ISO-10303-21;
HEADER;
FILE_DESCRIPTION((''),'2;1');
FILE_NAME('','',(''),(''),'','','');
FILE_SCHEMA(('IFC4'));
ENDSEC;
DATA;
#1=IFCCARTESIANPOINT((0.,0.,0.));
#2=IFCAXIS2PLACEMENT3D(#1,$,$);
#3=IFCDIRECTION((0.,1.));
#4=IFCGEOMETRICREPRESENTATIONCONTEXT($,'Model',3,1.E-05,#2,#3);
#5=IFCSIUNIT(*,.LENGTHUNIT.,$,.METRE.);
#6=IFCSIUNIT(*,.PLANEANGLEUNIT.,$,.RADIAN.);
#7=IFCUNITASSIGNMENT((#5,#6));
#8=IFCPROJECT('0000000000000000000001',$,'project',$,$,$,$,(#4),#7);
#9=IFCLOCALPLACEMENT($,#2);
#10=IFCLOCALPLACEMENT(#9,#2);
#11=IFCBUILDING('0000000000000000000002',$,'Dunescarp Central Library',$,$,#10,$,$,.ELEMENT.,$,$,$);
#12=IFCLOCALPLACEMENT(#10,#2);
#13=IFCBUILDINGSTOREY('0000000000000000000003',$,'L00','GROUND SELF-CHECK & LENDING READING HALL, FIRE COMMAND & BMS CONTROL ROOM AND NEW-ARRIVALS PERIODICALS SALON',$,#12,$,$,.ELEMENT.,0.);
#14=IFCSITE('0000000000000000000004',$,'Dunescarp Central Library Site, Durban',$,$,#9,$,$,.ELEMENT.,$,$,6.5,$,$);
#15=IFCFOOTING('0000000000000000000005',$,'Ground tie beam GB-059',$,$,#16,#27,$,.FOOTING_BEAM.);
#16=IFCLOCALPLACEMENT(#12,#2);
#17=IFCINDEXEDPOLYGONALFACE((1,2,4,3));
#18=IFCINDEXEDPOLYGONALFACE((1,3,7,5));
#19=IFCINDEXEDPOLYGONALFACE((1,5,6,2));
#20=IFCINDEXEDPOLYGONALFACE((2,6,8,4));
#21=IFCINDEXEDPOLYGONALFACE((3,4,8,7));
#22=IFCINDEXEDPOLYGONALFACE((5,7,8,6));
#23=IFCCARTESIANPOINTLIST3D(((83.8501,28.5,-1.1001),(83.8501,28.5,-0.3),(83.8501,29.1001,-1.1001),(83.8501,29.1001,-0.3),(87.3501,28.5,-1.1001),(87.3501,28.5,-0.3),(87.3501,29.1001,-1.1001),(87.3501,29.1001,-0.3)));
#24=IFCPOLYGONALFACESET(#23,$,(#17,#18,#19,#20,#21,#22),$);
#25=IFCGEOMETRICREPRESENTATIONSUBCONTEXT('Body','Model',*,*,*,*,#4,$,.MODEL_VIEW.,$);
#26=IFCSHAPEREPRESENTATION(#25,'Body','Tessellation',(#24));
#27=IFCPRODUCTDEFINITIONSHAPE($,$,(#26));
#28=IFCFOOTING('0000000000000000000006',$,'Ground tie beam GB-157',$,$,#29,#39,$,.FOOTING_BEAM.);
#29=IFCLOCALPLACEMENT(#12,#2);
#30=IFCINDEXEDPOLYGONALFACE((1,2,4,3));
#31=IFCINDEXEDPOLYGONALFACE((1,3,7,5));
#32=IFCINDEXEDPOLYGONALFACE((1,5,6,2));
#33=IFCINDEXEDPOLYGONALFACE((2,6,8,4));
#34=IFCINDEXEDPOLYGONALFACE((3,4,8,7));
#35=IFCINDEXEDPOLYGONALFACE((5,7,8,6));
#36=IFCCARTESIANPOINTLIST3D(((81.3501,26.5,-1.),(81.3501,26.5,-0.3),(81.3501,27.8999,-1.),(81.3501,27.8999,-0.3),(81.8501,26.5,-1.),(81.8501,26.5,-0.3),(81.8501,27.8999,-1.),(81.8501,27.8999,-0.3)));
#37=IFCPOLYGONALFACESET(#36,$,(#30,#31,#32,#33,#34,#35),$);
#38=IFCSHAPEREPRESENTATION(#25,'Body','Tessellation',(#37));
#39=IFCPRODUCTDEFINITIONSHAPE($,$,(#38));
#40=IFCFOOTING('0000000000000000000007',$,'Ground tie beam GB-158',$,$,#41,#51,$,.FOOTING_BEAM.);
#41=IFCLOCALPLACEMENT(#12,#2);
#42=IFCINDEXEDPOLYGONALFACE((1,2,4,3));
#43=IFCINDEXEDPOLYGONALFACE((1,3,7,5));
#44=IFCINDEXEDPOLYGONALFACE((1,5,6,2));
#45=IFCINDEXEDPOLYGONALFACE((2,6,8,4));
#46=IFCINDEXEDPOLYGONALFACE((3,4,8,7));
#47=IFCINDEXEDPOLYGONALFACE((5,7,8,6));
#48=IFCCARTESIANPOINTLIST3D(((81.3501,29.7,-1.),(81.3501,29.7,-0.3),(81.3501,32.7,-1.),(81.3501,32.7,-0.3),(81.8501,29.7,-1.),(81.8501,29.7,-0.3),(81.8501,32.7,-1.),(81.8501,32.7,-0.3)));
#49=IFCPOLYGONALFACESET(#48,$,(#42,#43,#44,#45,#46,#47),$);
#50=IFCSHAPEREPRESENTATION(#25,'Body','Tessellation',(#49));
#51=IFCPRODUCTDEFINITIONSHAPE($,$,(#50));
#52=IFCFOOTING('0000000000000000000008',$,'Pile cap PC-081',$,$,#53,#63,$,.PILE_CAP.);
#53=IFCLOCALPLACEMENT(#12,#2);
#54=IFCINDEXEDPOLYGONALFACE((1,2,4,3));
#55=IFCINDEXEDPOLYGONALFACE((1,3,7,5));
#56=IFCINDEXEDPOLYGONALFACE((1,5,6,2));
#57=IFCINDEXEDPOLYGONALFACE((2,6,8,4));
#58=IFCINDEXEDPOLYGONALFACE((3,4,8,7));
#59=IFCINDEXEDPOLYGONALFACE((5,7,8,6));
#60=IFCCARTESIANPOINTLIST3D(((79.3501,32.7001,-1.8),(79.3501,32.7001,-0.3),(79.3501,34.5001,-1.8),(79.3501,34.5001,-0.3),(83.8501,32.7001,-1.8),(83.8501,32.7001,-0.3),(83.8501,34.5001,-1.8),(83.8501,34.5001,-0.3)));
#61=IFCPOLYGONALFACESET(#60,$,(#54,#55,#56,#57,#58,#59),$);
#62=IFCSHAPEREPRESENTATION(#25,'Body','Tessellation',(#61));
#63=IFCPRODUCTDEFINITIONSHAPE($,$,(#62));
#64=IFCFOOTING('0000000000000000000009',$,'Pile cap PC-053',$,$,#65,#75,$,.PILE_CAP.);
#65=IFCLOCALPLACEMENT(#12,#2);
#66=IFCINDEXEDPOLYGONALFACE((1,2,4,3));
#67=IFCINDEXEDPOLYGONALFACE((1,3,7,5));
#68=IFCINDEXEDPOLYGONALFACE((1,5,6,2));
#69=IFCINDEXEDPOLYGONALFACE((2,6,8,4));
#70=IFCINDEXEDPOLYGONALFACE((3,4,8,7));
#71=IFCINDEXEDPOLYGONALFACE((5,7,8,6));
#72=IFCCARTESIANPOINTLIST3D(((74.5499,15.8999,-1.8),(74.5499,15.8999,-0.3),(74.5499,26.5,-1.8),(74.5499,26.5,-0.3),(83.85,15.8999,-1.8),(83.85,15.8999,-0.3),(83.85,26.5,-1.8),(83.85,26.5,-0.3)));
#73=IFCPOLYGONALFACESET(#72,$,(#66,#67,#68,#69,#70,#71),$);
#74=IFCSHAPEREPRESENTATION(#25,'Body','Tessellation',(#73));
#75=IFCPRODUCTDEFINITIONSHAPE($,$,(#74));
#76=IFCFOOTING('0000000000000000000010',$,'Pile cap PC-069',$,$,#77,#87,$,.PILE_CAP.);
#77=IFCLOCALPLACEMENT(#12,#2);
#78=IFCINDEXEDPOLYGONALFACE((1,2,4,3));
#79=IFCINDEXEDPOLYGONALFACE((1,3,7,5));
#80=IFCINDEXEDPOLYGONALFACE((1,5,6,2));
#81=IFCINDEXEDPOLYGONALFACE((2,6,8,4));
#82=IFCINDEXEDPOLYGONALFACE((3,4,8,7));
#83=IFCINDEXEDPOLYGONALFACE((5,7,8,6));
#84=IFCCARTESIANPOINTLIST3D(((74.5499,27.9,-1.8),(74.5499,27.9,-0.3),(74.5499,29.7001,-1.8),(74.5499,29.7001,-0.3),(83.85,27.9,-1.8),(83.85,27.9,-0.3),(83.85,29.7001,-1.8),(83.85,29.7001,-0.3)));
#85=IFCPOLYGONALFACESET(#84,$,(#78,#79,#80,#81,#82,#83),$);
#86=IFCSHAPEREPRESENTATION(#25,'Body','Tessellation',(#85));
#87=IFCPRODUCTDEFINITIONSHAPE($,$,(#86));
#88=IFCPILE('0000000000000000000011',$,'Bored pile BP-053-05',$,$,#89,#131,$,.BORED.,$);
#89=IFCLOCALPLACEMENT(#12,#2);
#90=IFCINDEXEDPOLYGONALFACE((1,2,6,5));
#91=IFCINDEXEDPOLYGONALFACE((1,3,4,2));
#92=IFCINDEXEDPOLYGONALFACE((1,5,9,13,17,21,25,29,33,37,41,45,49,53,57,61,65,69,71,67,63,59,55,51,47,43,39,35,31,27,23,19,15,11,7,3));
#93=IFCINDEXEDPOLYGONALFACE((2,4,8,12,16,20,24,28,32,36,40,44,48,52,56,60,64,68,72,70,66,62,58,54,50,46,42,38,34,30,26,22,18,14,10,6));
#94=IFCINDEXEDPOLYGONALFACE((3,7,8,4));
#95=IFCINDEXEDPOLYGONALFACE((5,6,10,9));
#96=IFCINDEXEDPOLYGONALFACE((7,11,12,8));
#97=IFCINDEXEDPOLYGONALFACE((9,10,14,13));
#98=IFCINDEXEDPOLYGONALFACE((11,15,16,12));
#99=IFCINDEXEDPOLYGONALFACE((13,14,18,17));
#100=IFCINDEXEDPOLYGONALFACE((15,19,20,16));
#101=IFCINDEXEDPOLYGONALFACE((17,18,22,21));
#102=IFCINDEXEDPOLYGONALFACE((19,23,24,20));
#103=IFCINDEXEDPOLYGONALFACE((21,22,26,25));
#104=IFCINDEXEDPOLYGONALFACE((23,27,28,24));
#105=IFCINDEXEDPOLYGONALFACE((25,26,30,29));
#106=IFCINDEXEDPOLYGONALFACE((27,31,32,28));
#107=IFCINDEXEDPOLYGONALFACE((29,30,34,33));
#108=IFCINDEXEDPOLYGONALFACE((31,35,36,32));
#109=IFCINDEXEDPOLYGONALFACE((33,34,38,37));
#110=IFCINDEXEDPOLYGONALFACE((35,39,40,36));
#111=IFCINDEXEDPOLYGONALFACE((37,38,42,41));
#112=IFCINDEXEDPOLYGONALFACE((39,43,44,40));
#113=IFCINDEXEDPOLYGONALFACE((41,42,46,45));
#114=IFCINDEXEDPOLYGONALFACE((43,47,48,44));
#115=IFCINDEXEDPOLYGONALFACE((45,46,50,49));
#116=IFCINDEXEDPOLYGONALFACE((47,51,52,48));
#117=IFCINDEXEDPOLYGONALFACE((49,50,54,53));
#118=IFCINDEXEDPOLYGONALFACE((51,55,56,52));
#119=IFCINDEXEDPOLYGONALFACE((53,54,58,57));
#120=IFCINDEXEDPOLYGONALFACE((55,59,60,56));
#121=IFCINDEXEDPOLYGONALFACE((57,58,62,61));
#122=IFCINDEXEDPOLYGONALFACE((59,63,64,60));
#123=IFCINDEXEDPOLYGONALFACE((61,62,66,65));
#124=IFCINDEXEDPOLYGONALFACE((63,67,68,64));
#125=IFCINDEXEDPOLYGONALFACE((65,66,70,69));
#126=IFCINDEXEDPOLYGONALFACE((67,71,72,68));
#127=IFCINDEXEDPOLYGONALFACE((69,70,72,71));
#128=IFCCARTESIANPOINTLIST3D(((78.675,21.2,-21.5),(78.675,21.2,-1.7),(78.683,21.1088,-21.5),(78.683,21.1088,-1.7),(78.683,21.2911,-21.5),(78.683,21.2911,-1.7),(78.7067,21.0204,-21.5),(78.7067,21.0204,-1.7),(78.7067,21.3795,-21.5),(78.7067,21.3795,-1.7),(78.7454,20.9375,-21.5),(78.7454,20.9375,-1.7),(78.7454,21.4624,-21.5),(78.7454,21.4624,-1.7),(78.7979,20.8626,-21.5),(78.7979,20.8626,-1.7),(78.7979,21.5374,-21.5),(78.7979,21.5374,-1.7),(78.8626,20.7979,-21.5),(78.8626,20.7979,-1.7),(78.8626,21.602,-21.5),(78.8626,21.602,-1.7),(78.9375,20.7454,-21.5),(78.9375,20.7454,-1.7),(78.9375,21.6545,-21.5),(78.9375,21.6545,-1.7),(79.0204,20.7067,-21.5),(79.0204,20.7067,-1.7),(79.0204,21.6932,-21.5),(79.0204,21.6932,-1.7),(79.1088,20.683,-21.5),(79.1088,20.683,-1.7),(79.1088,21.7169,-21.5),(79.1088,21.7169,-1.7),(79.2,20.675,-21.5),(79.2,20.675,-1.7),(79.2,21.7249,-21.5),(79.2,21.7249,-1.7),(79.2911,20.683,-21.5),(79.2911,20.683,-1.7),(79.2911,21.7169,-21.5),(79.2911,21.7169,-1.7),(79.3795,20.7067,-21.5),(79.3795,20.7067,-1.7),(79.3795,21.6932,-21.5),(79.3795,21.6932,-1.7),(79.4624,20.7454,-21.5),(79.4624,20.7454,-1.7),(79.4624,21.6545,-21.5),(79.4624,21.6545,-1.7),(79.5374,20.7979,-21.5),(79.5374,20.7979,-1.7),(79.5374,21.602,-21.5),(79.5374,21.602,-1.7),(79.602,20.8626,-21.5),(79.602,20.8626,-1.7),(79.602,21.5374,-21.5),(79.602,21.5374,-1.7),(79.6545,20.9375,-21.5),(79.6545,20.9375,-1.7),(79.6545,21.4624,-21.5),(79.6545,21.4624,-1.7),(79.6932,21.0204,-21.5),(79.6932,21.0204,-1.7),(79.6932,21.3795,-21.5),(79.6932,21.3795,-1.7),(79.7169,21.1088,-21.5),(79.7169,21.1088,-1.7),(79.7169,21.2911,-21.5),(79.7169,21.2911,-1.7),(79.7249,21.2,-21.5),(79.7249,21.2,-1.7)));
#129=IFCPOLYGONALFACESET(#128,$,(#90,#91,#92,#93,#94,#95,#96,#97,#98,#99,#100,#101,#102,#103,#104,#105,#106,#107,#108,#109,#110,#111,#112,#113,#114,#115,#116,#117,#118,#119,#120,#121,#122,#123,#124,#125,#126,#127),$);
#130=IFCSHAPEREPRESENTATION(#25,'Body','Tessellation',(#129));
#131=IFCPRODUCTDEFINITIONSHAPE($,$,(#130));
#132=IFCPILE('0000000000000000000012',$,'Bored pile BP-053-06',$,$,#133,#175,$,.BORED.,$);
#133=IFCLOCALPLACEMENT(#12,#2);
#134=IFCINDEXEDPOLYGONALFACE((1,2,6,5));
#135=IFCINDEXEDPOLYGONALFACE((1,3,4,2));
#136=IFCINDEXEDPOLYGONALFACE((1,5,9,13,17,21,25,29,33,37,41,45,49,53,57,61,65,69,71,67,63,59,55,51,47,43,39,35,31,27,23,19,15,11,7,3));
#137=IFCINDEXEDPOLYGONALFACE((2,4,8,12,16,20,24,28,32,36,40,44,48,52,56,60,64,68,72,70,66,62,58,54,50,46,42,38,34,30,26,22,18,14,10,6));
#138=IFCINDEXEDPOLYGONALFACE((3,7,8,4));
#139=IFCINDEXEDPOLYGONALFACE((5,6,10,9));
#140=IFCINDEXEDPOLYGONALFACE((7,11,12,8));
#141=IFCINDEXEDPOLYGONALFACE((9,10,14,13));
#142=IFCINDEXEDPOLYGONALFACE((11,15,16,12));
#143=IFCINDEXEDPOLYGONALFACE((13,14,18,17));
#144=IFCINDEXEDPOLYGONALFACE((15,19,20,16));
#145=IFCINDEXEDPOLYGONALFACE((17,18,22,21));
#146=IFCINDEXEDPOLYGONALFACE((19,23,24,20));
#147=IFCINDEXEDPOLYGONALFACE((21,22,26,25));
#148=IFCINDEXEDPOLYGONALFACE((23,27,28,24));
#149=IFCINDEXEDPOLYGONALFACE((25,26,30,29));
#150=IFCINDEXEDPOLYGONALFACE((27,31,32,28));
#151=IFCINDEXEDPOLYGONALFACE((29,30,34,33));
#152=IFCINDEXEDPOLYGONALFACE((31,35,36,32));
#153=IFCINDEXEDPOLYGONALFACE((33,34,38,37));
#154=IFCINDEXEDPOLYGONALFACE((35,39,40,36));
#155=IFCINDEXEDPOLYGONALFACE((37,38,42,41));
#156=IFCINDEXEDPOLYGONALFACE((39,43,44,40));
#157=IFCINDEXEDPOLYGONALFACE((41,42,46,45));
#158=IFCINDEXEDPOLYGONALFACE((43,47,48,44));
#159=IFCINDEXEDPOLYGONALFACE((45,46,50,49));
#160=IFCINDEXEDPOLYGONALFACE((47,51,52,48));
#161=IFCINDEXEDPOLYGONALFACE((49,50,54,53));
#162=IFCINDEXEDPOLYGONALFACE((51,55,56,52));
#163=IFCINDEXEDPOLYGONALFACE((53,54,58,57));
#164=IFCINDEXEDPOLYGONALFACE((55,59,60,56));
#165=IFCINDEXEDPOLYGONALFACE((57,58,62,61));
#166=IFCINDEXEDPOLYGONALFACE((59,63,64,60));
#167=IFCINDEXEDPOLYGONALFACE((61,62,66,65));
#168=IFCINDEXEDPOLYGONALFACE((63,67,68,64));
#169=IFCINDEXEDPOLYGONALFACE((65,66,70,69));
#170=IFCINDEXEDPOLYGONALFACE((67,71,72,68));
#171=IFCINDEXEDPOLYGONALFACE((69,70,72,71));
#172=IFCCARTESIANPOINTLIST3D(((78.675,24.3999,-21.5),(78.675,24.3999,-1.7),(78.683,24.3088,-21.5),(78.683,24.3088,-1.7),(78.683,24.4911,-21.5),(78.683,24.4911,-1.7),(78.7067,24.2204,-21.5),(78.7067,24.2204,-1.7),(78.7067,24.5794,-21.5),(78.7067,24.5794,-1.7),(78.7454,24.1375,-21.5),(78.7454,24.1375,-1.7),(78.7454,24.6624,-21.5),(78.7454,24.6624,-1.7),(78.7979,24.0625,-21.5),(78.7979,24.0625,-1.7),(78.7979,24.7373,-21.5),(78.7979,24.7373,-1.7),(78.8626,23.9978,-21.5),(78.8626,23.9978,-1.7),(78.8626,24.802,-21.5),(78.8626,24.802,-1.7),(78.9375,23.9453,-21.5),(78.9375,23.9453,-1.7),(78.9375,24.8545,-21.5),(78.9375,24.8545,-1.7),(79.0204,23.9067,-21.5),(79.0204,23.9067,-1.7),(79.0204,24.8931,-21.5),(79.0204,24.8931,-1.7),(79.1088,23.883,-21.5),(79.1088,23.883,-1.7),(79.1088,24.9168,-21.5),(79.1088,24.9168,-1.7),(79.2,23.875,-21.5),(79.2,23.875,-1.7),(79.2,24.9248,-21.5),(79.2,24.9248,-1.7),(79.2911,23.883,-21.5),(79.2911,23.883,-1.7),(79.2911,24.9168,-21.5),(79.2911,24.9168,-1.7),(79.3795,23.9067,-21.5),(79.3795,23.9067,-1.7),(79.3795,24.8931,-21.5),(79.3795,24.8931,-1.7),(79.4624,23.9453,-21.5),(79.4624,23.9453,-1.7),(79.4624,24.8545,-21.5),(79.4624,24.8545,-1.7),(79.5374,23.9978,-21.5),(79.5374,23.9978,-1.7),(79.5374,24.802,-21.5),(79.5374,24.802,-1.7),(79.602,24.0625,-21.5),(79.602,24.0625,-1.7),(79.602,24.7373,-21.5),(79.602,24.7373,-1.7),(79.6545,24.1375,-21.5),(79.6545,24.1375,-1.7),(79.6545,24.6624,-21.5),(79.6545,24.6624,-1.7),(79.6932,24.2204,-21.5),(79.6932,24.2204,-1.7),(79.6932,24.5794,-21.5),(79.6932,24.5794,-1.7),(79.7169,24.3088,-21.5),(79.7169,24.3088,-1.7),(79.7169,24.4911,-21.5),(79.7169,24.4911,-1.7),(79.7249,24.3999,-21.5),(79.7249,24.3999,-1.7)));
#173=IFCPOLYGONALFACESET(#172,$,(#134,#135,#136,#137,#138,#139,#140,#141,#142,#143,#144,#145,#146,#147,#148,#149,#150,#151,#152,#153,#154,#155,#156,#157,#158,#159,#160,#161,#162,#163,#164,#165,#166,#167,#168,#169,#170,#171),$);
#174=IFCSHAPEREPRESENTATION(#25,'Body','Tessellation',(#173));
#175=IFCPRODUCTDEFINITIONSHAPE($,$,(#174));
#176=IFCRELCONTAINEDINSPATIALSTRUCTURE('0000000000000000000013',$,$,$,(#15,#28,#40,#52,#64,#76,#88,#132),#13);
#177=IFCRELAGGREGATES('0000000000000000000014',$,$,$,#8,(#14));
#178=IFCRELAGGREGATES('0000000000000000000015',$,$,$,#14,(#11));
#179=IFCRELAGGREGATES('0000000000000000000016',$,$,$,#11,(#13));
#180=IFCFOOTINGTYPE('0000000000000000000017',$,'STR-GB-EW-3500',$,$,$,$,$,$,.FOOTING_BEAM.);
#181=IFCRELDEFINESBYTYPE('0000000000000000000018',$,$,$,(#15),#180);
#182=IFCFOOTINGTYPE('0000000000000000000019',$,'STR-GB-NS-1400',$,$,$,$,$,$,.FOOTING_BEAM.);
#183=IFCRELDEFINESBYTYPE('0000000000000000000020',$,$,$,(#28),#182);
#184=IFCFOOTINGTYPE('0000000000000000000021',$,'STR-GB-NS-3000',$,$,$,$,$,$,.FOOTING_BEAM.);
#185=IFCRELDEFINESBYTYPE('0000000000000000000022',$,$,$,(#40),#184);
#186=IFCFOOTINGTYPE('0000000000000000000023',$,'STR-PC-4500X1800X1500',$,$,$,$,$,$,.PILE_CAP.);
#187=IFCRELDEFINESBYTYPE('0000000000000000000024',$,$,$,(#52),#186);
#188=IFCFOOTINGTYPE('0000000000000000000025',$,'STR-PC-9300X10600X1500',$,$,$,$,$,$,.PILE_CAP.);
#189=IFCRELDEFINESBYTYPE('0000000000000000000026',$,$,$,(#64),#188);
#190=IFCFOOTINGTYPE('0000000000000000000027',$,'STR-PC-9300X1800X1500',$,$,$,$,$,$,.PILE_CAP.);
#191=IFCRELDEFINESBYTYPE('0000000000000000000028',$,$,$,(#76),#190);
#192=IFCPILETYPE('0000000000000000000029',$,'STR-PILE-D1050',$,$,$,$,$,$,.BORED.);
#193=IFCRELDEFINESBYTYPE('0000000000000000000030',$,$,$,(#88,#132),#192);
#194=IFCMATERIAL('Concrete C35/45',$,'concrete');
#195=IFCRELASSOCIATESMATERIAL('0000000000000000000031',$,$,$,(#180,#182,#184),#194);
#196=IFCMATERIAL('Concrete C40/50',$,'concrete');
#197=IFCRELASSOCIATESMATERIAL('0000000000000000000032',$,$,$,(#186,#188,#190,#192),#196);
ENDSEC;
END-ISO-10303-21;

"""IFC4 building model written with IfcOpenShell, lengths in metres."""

from ifc_helpers import new_model, si_unit, direction, frame, origin, origin_2d, place, context, subcontext, project, spatial, rectangle, circle, extrude, material, material_profile, profile_set, type_object, element, save


model = new_model("IFC4")

# Units and contexts
model_context = context("Model", 3, precision=1e-05, world=origin(), true_north=direction((0.0, 1.0)))
body_context = subcontext(model_context, "Body", "Model", "MODEL_VIEW")
ifc_project = project(units=[si_unit("LENGTHUNIT", "METRE"), si_unit("PLANEANGLEUNIT", "RADIAN")], contexts=[model_context])

# Site, building, storey
site_placement = place(None, origin())
site = spatial("IfcSite", under=ifc_project, at=site_placement, Name="Dunescarp Central Library Site, Durban", CompositionType="ELEMENT", RefElevation=6.5)
building_placement = place(site_placement, origin())
building = spatial("IfcBuilding", under=site, at=building_placement, Name="Dunescarp Central Library", CompositionType="ELEMENT")
storey_placement = place(building_placement, origin())
storey = spatial("IfcBuildingStorey", under=building, at=storey_placement, Name="L00", Description="GROUND SELF-CHECK & LENDING READING HALL, FIRE COMMAND & BMS CONTROL ROOM AND NEW-ARRIVALS PERIODICALS SALON", CompositionType="ELEMENT", Elevation=0.0)

# Footings
ifc_material_1 = material(Name="Concrete C35/45", Category="concrete")
footing_type_1 = type_object("IfcFootingType", Name="STR-GB-EW-3500", PredefinedType="FOOTING_BEAM", material=ifc_material_1)
footing_1_placement = place(storey_placement, frame((85.6001, 28.8, -1.1001), z_axis=(0.0, 0.0, 1.0), x_axis=(1.0, 0.0, 0.0)))
element("IfcFooting", 1, at=footing_1_placement, inside=storey, type_object=footing_type_1, Name="Ground tie beam GB-059", PredefinedType="FOOTING_BEAM", context=body_context, shape_type="SweptSolid", body=[
    extrude(rectangle(XDim=3.5, YDim=0.6001, at=origin_2d()), origin(), (0.0, 0.0, 1.0), 0.8),
])
footing_type_2 = type_object("IfcFootingType", Name="STR-GB-NS-1400", PredefinedType="FOOTING_BEAM", material=ifc_material_1)
footing_2_placement = place(storey_placement, frame((81.6001, 27.2, -1.0), z_axis=(0.0, 0.0, 1.0), x_axis=(0.0, 1.0, 0.0)))
element("IfcFooting", 2, at=footing_2_placement, inside=storey, type_object=footing_type_2, Name="Ground tie beam GB-157", PredefinedType="FOOTING_BEAM", context=body_context, shape_type="SweptSolid", body=[
    extrude(rectangle(XDim=1.3999, YDim=0.5, at=origin_2d()), origin(), (0.0, 0.0, 1.0), 0.7),
])
footing_type_3 = type_object("IfcFootingType", Name="STR-GB-NS-3000", PredefinedType="FOOTING_BEAM", material=ifc_material_1)
footing_3_placement = place(storey_placement, frame((81.6001, 31.2, -1.0), z_axis=(0.0, 0.0, 1.0), x_axis=(0.0, 1.0, 0.0)))
element("IfcFooting", 3, at=footing_3_placement, inside=storey, type_object=footing_type_3, Name="Ground tie beam GB-158", PredefinedType="FOOTING_BEAM", context=body_context, shape_type="SweptSolid", body=[
    extrude(rectangle(XDim=3.0, YDim=0.5, at=origin_2d()), origin(), (0.0, 0.0, 1.0), 0.7),
])
ifc_material_2 = material(Name="Concrete C40/50", Category="concrete")
footing_type_4 = type_object("IfcFootingType", Name="STR-PC-4500X1800X1500", PredefinedType="PILE_CAP", material=ifc_material_2)
footing_4_placement = place(storey_placement, frame((81.6001, 33.6001, -1.8), z_axis=(0.0, 0.0, 1.0), x_axis=(1.0, 0.0, 0.0)))
element("IfcFooting", 4, at=footing_4_placement, inside=storey, type_object=footing_type_4, Name="Pile cap PC-081", PredefinedType="PILE_CAP", context=body_context, shape_type="SweptSolid", body=[
    extrude(rectangle(XDim=4.5, YDim=1.8, at=origin_2d()), origin(), (0.0, 0.0, 1.0), 1.5),
])
footing_type_5 = type_object("IfcFootingType", Name="STR-PC-9300X10600X1500", PredefinedType="PILE_CAP", material=ifc_material_2)
footing_5_placement = place(storey_placement, frame((79.2, 21.2, -1.8), z_axis=(0.0, 0.0, 1.0), x_axis=(1.0, 0.0, 0.0)))
element("IfcFooting", 5, at=footing_5_placement, inside=storey, type_object=footing_type_5, Name="Pile cap PC-053", PredefinedType="PILE_CAP", context=body_context, shape_type="SweptSolid", body=[
    extrude(rectangle(XDim=9.3, YDim=10.6001, at=origin_2d()), origin(), (0.0, 0.0, 1.0), 1.5),
])
footing_type_6 = type_object("IfcFootingType", Name="STR-PC-9300X1800X1500", PredefinedType="PILE_CAP", material=ifc_material_2)
footing_6_placement = place(storey_placement, frame((79.2, 28.8, -1.8), z_axis=(0.0, 0.0, 1.0), x_axis=(1.0, 0.0, 0.0)))
element("IfcFooting", 6, at=footing_6_placement, inside=storey, type_object=footing_type_6, Name="Pile cap PC-069", PredefinedType="PILE_CAP", context=body_context, shape_type="SweptSolid", body=[
    extrude(rectangle(XDim=9.3, YDim=1.8, at=origin_2d()), origin(), (0.0, 0.0, 1.0), 1.5),
])

# Piles
ifc_material_profile_1 = material_profile(ifc_material_2, circle(Radius=0.5249, at=origin_2d()), Name="PILE D1050")
ifc_profile_set_1 = profile_set([ifc_material_profile_1], Name="Concrete C40/50")
pile_type_1 = type_object("IfcPileType", Name="STR-PILE-D1050", PredefinedType="BORED", material=ifc_profile_set_1)
for number, where, z_axis, x_axis, name in (
    (7, (79.2, 21.2, -1.7), (0.0, 0.0, -1.0), (1.0, 0.0, 0.0), "Bored pile BP-053-05"),
    (8, (79.2, 24.3999, -1.7), (0.0, 0.0, -1.0), (1.0, 0.0, 0.0), "Bored pile BP-053-06"),
):
    element("IfcPile", number, at=place(storey_placement, frame(where, z_axis=z_axis, x_axis=x_axis)), inside=storey, type_object=pile_type_1, Name=name, PredefinedType="BORED", context=body_context, shape_type="SweptSolid", body=[
        extrude(circle(Radius=0.5249, at=origin_2d()), origin(), (0.0, 0.0, 1.0), 19.8),
    ])

save(model, "model.ifc")
